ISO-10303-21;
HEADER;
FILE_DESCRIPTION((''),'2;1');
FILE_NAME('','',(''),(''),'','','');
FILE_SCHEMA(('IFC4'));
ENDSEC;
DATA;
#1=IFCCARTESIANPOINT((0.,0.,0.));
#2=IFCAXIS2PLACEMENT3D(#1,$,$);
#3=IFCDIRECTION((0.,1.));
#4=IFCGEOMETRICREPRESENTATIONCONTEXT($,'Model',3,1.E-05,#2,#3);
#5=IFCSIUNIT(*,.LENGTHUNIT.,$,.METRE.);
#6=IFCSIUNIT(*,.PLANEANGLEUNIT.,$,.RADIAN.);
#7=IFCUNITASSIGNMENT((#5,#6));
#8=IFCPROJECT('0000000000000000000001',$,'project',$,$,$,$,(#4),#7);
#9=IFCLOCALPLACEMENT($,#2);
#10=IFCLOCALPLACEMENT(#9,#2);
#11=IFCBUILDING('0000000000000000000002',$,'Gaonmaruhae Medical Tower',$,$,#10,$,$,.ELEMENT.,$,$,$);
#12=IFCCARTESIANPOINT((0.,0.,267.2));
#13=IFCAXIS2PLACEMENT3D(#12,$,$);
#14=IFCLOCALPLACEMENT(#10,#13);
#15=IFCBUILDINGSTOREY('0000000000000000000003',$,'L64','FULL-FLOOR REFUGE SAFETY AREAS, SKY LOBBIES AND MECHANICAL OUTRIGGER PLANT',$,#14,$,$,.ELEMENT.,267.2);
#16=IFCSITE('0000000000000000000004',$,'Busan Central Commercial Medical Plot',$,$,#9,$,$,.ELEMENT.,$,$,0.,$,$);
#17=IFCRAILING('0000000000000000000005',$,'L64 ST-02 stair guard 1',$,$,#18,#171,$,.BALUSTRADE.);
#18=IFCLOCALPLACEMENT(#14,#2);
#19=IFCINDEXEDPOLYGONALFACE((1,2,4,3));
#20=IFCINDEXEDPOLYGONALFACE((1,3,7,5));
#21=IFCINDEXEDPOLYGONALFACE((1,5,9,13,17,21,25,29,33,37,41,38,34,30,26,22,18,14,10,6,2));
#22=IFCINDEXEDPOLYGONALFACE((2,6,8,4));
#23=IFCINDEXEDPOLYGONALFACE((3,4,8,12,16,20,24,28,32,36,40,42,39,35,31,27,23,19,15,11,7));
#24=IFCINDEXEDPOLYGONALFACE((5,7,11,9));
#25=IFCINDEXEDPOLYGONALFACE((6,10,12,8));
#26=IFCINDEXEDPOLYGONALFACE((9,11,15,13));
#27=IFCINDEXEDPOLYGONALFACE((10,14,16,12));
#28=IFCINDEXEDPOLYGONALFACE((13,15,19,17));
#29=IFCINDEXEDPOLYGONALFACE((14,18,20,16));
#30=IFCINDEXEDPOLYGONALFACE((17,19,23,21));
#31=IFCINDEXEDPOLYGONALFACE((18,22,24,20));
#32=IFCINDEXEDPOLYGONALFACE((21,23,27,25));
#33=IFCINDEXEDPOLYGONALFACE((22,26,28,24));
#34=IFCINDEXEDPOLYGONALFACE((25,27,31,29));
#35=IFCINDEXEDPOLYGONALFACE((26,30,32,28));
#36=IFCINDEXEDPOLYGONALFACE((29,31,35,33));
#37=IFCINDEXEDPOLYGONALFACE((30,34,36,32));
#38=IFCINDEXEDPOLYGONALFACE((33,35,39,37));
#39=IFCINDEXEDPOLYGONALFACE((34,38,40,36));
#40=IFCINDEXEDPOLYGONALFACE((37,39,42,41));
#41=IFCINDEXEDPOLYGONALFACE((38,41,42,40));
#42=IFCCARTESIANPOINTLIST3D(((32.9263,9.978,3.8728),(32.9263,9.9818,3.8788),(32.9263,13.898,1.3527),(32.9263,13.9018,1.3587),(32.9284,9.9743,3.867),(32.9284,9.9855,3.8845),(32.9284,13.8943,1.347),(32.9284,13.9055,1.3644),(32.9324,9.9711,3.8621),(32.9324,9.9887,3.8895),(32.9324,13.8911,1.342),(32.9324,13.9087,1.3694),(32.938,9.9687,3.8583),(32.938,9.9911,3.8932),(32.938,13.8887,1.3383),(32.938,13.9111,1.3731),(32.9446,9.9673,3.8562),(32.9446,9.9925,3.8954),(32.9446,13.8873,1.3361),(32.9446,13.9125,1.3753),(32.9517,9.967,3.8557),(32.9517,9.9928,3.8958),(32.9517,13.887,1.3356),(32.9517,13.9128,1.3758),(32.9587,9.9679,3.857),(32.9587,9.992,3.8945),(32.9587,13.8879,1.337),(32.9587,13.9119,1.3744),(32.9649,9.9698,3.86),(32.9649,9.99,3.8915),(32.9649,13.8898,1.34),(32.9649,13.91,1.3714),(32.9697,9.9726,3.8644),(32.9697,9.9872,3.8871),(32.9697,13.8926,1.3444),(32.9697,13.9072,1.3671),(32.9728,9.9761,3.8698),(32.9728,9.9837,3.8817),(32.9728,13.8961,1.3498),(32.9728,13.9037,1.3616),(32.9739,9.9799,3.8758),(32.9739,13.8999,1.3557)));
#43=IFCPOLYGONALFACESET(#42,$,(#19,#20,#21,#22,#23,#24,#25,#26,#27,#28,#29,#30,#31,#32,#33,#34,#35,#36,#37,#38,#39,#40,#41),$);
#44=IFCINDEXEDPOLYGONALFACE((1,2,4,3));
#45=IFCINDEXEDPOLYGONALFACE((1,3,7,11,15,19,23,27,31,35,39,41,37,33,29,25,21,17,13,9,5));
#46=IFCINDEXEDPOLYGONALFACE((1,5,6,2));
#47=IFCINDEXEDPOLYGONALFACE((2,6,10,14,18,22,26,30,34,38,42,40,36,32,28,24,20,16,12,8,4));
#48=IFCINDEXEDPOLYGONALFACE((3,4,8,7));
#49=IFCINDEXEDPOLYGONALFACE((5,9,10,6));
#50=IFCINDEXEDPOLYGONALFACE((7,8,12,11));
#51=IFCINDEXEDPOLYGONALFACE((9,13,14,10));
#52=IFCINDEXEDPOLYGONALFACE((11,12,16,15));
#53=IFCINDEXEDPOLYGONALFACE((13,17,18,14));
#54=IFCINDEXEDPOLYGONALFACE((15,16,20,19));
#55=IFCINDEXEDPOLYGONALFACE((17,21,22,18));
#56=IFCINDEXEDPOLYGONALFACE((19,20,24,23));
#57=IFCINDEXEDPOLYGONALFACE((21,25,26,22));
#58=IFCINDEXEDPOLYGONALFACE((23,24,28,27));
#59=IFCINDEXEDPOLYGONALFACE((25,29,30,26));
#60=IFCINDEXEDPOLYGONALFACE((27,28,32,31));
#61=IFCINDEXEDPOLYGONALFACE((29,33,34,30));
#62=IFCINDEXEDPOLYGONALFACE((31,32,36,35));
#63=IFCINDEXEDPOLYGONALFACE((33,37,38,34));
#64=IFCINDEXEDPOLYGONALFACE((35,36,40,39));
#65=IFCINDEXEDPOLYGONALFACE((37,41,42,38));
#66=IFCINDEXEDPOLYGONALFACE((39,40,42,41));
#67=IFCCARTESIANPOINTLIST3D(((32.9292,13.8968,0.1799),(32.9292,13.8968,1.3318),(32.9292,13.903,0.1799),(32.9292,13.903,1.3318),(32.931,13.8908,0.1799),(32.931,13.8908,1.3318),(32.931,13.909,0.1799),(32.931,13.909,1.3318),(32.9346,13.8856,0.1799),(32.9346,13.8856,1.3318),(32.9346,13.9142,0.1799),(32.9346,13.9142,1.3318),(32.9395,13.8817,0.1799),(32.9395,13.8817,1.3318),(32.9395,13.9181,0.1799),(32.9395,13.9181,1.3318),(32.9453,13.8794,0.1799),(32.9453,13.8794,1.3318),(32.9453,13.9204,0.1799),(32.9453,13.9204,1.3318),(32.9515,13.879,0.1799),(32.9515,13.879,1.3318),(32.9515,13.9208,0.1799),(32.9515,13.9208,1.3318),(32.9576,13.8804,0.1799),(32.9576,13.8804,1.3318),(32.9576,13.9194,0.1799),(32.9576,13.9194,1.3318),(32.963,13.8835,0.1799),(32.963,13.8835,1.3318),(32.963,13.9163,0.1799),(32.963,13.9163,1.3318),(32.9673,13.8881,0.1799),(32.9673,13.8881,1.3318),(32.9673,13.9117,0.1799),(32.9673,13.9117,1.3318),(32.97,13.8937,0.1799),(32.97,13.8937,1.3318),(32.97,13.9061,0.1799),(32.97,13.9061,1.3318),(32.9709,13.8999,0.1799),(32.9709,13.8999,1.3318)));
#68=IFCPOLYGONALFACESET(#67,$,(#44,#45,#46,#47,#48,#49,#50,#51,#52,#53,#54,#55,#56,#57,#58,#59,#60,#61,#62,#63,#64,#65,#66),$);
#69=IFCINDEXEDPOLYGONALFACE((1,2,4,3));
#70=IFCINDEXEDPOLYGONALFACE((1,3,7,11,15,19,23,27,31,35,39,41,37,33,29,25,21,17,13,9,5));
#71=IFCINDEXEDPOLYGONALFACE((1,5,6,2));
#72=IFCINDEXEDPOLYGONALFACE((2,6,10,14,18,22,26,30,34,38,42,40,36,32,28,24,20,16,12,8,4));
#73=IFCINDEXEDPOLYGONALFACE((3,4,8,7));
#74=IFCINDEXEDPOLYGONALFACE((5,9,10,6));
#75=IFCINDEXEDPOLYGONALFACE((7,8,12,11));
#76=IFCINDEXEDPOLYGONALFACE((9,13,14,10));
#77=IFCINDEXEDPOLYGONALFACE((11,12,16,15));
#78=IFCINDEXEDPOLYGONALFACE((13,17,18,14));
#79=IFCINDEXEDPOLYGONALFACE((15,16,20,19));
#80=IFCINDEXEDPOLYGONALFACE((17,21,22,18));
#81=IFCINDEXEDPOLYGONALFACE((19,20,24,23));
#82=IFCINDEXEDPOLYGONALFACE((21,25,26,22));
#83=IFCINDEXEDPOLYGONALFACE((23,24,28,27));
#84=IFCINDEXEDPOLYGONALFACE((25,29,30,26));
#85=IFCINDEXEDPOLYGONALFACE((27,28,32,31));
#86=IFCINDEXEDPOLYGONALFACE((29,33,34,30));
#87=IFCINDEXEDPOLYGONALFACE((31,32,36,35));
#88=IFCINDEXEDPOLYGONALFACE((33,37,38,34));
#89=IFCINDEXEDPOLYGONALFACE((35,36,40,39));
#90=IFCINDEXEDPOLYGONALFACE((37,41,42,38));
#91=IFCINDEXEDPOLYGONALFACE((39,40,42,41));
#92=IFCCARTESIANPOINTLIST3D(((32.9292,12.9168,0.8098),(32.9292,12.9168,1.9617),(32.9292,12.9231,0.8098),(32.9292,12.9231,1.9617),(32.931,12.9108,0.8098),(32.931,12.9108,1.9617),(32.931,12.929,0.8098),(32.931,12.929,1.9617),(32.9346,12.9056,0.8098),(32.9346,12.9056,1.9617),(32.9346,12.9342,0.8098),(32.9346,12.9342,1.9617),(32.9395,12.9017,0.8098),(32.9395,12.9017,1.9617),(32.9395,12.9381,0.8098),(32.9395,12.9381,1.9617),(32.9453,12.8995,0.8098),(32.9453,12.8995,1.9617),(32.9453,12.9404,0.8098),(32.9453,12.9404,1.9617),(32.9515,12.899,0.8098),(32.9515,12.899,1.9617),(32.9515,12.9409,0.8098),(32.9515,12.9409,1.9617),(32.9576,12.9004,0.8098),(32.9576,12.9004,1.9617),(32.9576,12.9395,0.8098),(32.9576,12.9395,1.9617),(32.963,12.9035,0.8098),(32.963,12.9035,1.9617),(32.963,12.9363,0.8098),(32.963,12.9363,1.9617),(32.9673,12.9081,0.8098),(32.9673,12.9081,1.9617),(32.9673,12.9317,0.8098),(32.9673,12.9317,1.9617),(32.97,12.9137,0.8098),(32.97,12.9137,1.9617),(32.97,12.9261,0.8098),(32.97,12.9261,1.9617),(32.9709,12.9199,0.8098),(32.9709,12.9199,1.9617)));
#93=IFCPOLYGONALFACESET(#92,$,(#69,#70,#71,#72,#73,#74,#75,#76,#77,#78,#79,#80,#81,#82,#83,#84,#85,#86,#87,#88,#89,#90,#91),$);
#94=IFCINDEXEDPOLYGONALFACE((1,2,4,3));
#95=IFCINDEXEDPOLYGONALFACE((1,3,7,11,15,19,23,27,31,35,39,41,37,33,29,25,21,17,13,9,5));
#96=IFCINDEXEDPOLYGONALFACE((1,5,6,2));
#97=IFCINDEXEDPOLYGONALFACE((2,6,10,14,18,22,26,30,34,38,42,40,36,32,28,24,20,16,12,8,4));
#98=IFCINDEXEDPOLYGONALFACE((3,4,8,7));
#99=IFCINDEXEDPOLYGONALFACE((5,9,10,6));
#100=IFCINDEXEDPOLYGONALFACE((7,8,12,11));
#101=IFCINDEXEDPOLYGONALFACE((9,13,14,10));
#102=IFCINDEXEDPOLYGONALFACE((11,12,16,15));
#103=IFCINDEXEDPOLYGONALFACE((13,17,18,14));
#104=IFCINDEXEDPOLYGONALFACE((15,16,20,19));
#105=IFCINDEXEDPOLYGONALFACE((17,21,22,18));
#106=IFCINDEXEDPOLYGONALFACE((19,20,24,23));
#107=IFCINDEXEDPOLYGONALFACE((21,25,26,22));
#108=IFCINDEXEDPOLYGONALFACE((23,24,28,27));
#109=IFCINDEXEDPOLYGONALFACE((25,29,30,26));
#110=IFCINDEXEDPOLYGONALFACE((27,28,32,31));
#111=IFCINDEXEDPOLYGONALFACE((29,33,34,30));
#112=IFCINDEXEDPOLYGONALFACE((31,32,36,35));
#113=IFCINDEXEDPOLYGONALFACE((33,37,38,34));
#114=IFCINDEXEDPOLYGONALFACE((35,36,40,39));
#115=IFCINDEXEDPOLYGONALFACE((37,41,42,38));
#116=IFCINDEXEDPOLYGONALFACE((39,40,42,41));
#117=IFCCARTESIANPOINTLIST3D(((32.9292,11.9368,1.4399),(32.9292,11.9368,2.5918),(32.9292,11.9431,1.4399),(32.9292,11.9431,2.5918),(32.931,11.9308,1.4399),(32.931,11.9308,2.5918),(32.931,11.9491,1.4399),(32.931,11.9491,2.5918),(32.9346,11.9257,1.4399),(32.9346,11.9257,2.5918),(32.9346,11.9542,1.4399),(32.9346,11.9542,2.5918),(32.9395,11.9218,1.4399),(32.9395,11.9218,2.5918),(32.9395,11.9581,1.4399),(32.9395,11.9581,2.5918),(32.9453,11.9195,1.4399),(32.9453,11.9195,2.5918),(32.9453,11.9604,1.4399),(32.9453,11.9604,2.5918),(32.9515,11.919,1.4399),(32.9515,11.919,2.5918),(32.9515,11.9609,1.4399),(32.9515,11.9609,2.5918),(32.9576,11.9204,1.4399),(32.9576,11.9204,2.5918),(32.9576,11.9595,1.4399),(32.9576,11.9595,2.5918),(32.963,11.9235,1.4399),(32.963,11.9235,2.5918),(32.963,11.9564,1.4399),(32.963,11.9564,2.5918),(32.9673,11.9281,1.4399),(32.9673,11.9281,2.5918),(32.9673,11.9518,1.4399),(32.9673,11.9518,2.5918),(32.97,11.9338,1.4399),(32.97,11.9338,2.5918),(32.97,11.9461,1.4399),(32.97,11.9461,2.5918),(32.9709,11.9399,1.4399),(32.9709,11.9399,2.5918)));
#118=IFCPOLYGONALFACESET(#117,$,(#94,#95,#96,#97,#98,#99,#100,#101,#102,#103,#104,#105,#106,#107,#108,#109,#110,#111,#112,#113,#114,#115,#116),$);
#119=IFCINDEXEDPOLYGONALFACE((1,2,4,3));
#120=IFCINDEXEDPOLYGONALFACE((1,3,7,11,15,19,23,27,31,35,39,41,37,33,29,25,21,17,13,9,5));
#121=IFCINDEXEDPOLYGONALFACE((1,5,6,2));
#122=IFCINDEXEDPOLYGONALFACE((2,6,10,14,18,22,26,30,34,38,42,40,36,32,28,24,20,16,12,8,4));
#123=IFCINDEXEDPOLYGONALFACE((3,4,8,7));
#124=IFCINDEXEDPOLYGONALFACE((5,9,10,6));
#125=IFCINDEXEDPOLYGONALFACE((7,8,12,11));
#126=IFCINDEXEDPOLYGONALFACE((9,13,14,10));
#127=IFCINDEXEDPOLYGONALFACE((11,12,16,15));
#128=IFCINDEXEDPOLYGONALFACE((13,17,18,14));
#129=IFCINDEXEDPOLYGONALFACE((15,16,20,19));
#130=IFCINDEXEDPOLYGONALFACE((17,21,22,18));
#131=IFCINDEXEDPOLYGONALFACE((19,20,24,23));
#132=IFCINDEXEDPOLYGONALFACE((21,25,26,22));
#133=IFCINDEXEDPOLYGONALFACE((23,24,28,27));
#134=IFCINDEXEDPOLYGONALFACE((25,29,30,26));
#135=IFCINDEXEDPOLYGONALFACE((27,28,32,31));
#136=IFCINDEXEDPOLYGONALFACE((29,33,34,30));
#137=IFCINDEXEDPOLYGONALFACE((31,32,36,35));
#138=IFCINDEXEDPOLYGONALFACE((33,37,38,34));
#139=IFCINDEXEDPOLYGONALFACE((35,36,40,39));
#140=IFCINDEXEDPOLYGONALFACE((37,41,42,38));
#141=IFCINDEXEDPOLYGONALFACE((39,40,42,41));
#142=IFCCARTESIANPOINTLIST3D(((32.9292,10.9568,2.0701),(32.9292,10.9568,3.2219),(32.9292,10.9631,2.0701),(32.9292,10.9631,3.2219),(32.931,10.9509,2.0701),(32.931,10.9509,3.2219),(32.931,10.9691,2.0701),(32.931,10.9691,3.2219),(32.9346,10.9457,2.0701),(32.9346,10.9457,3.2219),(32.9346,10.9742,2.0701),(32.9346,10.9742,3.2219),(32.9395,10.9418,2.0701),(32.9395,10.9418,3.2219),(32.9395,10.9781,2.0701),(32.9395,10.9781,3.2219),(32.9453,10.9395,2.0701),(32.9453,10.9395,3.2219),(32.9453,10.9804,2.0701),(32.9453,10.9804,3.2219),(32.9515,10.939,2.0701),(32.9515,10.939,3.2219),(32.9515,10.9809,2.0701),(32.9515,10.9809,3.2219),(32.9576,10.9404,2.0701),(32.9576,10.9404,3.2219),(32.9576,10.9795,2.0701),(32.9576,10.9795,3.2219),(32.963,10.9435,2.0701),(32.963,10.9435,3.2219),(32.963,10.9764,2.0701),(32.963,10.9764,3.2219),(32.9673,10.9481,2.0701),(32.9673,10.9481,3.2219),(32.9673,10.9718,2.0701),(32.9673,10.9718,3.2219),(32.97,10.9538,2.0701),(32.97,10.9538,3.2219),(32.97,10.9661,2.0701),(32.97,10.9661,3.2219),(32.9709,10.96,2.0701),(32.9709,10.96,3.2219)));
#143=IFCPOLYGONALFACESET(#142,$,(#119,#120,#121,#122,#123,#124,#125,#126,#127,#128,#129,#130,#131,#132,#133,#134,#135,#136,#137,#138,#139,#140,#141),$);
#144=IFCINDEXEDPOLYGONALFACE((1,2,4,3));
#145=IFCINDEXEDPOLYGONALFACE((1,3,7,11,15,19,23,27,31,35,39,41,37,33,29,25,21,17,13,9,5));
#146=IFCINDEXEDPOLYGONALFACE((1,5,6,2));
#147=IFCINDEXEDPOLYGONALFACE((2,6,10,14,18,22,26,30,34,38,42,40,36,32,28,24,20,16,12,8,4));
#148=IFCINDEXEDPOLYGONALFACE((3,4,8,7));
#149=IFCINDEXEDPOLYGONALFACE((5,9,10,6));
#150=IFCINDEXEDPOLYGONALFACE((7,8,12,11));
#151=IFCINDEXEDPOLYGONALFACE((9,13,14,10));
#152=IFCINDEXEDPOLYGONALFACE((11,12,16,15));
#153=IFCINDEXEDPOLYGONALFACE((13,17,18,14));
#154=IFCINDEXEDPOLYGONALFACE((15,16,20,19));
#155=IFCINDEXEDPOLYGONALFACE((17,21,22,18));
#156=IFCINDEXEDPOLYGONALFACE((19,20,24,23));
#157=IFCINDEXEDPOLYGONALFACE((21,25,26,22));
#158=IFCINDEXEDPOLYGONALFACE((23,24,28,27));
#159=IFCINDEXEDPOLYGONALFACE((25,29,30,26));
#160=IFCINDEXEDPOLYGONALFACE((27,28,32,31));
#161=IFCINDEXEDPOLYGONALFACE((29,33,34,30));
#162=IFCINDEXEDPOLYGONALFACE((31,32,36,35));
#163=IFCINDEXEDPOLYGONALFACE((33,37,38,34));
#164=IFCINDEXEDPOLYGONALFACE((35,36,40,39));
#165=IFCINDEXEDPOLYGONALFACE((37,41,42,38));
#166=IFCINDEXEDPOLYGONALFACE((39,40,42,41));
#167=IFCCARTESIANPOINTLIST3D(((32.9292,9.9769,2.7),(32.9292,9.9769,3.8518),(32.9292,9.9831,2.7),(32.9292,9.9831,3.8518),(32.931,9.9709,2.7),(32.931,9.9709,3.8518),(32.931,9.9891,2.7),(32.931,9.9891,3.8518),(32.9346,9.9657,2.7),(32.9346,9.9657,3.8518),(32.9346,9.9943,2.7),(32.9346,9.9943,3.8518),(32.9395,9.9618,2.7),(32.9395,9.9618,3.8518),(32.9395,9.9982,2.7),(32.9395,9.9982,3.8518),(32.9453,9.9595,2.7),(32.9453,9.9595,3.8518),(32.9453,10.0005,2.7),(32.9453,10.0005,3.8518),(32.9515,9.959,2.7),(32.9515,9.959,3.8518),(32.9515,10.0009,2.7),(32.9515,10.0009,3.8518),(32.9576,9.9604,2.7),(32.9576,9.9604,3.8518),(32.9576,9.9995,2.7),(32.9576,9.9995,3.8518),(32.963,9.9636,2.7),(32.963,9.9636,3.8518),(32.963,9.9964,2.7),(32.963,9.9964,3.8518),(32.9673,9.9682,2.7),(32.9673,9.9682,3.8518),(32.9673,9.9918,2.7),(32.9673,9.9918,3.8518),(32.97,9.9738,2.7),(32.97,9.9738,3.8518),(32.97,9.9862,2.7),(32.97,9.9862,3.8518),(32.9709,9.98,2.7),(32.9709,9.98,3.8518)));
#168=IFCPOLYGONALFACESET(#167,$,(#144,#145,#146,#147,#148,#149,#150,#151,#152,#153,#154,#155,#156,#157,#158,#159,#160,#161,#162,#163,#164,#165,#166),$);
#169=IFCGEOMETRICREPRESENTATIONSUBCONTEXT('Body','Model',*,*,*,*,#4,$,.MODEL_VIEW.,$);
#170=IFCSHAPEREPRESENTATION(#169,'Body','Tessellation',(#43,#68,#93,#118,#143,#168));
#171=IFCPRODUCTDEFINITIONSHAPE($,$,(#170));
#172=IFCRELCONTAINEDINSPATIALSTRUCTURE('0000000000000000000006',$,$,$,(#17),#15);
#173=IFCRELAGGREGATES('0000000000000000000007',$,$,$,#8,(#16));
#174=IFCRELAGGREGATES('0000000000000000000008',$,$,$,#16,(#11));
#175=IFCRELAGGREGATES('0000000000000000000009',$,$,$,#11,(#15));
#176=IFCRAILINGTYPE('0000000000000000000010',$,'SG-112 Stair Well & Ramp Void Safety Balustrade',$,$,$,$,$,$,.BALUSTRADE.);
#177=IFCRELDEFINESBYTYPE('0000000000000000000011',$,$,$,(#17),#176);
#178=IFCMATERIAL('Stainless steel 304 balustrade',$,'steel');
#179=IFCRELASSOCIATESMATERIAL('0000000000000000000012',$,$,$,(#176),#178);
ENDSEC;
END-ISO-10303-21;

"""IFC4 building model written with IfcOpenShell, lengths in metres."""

from ifc_helpers import new_model, si_unit, direction, frame, origin, origin_2d, place, context, subcontext, project, spatial, circle, extrude, material, type_object, element, save


model = new_model("IFC4")

# Units and contexts
model_context = context("Model", 3, precision=1e-05, world=origin(), true_north=direction((0.0, 1.0)))
body_context = subcontext(model_context, "Body", "Model", "MODEL_VIEW")
ifc_project = project(units=[si_unit("LENGTHUNIT", "METRE"), si_unit("PLANEANGLEUNIT", "RADIAN")], contexts=[model_context])

# Site, building, storey
site_placement = place(None, origin())
site = spatial("IfcSite", under=ifc_project, at=site_placement, Name="Busan Central Commercial Medical Plot", CompositionType="ELEMENT", RefElevation=0.0)
building_placement = place(site_placement, origin())
building = spatial("IfcBuilding", under=site, at=building_placement, Name="Gaonmaruhae Medical Tower", CompositionType="ELEMENT")
storey_placement = place(building_placement, frame((0.0, 0.0, 267.2)))
storey = spatial("IfcBuildingStorey", under=building, at=storey_placement, Name="L64", Description="FULL-FLOOR REFUGE SAFETY AREAS, SKY LOBBIES AND MECHANICAL OUTRIGGER PLANT", CompositionType="ELEMENT", Elevation=267.2)

# Railing
ifc_material_1 = material(Name="Stainless steel 304 balustrade", Category="steel")
railing_type_1 = type_object("IfcRailingType", Name="SG-112 Stair Well & Ramp Void Safety Balustrade", PredefinedType="BALUSTRADE", material=ifc_material_1)
railing_1_placement = place(storey_placement, frame((32.95, 13.8999, 0.1799)))
element("IfcRailing", 1, at=railing_1_placement, inside=storey, type_object=railing_type_1, Name="L64 ST-02 stair guard 1", PredefinedType="BALUSTRADE", context=body_context, shape_type="SweptSolid", body=[
    extrude(circle(Radius=0.0239, at=origin_2d()), frame((0.0, 0.0, 1.1758), z_axis=(0.0, -0.841172, 0.540768), x_axis=(1.0, 0.0, 0.0)), (0.0, 0.0, 1.0), 4.6602),
    extrude(circle(Radius=0.021, at=origin_2d()), origin(), (0.0, 0.0, 1.0), 1.1519),
    extrude(circle(Radius=0.021, at=origin_2d()), frame((0.0, -0.98, 0.6299)), (0.0, 0.0, 1.0), 1.1519),
    extrude(circle(Radius=0.021, at=origin_2d()), frame((0.0, -1.96, 1.26)), (0.0, 0.0, 1.0), 1.1519),
    extrude(circle(Radius=0.021, at=origin_2d()), frame((0.0, -2.9399, 1.8901)), (0.0, 0.0, 1.0), 1.1519),
    extrude(circle(Radius=0.021, at=origin_2d()), frame((0.0, -3.9199, 2.52)), (0.0, 0.0, 1.0), 1.1519),
])

save(model, "model.ifc")
